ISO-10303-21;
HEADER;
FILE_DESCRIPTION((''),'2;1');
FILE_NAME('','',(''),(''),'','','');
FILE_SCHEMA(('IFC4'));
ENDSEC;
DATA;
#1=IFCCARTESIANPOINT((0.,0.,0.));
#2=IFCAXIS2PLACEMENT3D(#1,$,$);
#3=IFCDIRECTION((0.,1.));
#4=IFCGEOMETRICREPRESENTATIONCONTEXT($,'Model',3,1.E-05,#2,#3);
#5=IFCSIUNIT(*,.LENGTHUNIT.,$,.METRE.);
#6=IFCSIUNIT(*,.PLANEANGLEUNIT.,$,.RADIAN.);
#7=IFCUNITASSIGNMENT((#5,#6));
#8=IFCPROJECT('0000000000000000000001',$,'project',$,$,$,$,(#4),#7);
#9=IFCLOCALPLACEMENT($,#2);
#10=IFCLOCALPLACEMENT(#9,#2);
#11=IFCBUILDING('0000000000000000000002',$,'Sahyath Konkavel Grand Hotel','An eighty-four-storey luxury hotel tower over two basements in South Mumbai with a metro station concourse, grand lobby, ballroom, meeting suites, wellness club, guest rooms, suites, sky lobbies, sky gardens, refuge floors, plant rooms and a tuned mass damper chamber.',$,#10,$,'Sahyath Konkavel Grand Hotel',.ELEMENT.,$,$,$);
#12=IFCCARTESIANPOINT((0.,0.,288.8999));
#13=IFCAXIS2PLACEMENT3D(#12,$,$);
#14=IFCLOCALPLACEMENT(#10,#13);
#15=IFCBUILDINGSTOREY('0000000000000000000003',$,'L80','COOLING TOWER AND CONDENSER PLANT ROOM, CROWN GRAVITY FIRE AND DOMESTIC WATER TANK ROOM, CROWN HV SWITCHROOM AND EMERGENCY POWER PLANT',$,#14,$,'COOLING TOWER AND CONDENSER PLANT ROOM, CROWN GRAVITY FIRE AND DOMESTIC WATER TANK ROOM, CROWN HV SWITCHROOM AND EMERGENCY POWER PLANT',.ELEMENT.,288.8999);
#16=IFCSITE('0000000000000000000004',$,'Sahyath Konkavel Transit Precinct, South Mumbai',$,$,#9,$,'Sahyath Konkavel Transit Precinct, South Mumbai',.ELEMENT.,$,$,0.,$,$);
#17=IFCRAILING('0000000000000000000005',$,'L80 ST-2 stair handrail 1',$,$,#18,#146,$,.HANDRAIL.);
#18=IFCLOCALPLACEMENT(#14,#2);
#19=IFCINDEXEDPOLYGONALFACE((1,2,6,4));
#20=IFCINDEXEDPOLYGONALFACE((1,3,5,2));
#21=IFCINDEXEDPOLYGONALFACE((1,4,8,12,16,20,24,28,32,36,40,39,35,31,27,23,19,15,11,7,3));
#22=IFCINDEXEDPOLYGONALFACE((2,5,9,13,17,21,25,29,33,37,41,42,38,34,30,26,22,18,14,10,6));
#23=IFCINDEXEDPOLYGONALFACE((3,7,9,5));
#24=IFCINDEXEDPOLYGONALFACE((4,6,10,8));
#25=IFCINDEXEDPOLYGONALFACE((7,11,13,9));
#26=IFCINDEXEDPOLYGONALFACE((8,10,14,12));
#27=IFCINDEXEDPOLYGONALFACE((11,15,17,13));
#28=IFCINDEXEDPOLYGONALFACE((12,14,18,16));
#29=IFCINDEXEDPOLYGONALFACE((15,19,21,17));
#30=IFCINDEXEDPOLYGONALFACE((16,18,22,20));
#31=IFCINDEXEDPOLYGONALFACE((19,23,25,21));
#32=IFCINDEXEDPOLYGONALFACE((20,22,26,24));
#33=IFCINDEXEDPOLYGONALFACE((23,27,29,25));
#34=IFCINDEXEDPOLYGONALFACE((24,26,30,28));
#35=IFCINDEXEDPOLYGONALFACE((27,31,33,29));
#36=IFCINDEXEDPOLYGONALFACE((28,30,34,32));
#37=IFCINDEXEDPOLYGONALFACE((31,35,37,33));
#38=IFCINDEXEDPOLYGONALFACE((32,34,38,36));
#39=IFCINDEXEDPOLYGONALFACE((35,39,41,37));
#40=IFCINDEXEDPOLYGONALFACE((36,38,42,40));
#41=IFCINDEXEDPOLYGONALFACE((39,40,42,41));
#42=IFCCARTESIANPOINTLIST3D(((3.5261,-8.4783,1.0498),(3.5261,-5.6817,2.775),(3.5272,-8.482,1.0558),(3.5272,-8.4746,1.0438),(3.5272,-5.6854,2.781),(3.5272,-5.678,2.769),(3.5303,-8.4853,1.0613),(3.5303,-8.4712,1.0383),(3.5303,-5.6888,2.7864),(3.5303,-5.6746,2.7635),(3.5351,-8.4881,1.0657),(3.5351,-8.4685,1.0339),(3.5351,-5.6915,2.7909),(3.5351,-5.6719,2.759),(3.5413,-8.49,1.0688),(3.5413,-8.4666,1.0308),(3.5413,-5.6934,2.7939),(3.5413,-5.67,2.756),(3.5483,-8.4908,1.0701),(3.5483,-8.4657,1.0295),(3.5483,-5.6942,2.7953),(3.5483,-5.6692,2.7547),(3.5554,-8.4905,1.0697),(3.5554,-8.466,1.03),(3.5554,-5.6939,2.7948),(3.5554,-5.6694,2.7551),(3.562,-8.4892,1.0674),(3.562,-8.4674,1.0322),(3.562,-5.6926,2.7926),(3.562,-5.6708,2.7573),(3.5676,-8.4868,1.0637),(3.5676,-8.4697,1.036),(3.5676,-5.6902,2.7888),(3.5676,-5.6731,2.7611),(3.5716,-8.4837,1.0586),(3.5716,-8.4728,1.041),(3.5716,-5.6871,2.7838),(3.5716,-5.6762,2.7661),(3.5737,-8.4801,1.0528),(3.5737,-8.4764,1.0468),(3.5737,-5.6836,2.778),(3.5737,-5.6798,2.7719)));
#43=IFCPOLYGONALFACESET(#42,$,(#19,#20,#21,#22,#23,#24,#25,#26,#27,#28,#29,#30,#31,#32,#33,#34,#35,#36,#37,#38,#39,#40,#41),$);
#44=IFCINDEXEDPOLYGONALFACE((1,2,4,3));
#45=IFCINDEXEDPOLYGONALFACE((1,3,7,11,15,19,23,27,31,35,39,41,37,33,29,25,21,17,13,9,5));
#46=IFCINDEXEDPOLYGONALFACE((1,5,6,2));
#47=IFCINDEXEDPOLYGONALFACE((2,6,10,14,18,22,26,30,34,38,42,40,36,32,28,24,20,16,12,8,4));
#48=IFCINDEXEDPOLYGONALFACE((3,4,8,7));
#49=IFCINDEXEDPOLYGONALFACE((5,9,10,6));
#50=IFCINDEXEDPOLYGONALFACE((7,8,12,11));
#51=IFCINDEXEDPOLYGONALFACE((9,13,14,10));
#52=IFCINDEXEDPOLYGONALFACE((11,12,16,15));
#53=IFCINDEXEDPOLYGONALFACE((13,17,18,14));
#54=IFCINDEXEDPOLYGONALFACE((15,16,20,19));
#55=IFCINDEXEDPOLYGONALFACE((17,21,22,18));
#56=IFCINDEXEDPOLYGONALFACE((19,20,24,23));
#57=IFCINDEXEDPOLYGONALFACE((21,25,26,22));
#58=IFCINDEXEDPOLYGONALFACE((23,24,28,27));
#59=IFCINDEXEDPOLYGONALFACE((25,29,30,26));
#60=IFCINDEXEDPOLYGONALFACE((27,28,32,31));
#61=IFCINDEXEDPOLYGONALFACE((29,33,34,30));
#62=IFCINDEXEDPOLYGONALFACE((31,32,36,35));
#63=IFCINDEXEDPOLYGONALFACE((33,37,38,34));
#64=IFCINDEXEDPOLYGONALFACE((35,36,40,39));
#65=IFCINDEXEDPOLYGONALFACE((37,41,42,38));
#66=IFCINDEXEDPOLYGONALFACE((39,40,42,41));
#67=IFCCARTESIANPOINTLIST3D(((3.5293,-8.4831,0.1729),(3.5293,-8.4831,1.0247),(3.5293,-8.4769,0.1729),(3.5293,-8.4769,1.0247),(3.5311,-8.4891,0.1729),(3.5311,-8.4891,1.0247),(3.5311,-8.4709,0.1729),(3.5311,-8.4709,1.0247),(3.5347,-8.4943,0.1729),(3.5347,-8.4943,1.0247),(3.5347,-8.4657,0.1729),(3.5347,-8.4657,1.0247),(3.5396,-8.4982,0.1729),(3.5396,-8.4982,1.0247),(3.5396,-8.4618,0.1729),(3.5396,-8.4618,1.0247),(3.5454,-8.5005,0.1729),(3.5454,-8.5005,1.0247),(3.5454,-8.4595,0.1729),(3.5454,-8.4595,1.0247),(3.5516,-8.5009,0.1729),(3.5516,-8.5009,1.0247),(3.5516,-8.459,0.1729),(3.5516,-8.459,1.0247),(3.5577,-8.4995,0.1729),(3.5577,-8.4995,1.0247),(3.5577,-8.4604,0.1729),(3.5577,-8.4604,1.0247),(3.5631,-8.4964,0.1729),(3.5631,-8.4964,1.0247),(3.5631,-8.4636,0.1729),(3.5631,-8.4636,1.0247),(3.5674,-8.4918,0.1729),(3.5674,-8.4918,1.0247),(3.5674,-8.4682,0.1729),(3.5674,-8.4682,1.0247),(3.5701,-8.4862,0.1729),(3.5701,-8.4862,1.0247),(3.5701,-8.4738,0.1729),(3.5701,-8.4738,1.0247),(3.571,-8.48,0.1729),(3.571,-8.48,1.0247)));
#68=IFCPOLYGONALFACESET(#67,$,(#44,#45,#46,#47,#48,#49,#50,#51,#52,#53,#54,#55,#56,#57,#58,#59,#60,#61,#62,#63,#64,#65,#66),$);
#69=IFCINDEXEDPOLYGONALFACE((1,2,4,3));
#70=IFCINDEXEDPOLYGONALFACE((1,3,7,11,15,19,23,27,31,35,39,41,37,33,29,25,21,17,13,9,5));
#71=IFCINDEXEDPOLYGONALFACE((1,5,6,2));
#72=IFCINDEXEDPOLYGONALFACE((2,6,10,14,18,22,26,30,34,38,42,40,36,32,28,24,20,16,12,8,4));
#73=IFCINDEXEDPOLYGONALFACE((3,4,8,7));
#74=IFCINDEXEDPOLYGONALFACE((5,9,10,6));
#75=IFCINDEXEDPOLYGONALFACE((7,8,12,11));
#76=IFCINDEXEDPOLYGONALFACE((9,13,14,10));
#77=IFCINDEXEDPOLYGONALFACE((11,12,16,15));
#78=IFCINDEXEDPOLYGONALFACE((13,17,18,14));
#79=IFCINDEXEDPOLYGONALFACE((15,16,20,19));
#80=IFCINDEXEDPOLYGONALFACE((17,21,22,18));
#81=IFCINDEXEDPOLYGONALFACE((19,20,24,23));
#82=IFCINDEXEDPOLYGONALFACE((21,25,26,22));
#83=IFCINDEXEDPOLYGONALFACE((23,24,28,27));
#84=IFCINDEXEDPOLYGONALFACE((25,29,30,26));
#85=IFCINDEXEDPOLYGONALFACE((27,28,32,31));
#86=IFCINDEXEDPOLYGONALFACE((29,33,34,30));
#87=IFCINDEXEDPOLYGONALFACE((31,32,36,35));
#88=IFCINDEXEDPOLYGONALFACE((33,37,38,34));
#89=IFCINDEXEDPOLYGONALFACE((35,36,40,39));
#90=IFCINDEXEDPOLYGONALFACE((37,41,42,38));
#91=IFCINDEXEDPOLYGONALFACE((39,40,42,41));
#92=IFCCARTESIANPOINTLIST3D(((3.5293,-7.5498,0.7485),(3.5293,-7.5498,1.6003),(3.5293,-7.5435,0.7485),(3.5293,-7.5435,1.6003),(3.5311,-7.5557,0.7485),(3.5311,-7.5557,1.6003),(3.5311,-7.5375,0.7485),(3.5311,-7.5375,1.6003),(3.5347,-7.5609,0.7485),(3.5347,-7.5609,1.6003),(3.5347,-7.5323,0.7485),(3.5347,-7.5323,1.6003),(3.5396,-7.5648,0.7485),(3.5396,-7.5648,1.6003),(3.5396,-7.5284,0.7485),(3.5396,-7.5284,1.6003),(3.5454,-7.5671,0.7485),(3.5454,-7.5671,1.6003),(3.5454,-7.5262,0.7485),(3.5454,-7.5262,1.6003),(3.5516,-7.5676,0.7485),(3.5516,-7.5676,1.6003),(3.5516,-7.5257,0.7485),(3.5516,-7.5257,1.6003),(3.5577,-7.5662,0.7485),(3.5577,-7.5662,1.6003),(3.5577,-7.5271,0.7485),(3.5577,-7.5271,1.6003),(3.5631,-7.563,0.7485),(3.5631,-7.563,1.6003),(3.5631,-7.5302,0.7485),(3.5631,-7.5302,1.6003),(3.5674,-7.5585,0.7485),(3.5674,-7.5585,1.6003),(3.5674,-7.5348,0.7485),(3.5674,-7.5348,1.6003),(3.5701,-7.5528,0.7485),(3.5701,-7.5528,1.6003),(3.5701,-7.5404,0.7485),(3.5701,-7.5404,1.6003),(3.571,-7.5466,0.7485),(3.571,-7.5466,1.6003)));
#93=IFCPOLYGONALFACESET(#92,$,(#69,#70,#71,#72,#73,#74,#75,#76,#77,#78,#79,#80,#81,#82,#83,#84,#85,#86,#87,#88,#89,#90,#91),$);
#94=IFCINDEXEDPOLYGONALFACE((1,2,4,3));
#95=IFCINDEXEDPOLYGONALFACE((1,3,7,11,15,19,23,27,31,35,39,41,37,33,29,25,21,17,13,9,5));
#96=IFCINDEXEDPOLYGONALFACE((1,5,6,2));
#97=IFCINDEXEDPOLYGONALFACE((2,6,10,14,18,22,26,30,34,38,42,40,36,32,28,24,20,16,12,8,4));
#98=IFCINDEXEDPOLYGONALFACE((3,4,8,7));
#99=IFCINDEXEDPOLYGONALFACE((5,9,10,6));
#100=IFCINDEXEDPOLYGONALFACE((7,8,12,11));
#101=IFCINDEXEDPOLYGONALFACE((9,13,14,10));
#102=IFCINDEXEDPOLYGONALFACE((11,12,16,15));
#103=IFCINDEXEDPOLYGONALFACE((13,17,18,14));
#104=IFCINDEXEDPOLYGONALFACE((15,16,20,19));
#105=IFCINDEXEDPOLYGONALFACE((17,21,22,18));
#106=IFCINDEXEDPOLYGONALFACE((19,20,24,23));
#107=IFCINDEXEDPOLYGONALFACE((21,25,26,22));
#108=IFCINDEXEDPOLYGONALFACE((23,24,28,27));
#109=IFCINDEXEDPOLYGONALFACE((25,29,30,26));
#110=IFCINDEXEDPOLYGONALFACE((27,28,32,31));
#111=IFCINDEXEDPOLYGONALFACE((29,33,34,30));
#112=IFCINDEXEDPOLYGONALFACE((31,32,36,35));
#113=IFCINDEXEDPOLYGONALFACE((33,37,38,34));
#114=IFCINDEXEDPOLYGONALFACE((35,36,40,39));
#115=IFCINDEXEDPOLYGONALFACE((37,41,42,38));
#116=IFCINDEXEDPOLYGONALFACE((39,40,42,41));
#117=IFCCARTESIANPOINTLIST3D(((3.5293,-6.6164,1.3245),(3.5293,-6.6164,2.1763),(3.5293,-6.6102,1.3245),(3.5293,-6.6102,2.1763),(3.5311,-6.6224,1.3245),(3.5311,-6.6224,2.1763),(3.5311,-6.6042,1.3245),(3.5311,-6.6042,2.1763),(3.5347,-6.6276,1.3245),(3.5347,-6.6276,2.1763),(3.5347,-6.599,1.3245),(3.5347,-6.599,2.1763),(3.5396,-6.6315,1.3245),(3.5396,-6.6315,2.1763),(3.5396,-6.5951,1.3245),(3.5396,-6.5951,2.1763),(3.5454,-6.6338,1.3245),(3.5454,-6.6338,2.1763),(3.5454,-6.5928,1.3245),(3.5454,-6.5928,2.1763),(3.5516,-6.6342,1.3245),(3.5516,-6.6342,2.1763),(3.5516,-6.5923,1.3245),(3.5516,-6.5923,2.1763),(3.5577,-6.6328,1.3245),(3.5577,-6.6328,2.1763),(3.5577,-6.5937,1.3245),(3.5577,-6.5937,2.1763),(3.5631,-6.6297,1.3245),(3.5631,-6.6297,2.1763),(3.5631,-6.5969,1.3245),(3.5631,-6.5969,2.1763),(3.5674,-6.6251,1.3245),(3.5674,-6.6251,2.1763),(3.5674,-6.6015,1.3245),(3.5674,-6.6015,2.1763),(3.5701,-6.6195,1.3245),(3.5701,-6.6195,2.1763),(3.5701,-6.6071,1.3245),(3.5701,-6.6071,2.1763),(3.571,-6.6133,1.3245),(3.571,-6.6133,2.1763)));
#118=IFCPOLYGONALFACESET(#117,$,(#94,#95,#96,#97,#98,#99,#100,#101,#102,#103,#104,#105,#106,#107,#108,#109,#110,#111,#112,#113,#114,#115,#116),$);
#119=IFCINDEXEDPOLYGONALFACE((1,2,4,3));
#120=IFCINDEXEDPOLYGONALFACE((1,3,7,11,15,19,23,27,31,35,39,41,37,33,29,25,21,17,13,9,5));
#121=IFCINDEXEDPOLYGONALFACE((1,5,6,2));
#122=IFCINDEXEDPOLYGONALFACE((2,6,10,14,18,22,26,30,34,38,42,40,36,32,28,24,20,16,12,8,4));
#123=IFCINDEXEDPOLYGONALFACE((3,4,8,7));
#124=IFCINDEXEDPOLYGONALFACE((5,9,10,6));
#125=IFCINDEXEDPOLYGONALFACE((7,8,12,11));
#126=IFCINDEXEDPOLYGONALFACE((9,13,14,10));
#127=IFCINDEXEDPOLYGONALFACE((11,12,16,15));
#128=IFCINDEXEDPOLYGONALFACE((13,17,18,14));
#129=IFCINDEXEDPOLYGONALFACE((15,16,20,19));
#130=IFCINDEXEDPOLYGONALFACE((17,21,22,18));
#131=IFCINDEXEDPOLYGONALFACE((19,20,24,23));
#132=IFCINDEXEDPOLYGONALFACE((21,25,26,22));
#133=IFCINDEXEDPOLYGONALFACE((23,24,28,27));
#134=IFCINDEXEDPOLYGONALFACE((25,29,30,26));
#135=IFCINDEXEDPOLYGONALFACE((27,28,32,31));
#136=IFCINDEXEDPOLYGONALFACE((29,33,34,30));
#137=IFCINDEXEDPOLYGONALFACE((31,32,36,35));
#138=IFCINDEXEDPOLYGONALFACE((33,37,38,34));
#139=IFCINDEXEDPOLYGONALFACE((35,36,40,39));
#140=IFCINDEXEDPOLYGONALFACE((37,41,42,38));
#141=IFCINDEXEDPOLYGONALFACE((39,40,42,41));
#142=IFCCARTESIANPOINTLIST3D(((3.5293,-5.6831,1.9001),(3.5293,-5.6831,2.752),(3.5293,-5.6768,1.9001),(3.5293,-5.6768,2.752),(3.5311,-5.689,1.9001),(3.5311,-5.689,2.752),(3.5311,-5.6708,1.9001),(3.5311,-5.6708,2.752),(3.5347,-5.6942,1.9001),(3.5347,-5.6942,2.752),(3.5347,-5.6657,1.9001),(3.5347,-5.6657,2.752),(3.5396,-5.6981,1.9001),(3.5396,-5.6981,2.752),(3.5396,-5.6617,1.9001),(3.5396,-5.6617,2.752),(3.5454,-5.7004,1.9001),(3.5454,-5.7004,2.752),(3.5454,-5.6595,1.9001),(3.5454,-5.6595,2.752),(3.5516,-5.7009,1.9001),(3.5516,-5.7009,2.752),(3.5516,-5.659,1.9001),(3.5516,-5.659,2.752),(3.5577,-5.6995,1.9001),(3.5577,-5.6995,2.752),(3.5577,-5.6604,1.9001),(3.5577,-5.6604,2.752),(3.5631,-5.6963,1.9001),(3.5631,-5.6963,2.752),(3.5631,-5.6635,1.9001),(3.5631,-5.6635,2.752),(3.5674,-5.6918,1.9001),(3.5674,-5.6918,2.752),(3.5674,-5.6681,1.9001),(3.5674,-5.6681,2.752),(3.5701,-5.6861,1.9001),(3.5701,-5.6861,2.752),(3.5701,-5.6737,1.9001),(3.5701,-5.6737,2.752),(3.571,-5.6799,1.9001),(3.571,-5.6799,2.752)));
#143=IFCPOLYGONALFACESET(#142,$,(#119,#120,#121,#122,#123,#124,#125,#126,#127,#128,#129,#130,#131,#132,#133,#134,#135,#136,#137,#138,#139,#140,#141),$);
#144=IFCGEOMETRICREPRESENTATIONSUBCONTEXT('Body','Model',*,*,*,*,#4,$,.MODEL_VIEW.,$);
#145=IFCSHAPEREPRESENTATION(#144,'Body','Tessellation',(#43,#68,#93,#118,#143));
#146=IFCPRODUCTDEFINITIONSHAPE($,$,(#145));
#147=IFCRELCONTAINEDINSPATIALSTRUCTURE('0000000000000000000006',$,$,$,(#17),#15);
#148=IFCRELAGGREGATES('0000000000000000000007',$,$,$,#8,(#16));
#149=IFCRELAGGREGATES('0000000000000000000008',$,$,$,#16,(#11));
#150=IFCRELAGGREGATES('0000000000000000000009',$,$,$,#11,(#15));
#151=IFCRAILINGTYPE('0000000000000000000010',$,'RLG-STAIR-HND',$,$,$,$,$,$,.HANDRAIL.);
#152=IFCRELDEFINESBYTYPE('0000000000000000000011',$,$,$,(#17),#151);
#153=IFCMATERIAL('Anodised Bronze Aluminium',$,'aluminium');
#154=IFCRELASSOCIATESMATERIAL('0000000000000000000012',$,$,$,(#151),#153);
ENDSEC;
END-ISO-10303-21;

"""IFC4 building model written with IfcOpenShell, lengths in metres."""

from ifc_helpers import new_model, si_unit, direction, frame, origin, origin_2d, place, context, subcontext, project, spatial, circle, extrude, material, type_object, element, save


model = new_model("IFC4")

# Units and contexts
model_context = context("Model", 3, precision=1e-05, world=origin(), true_north=direction((0.0, 1.0)))
body_context = subcontext(model_context, "Body", "Model", "MODEL_VIEW")
ifc_project = project(units=[si_unit("LENGTHUNIT", "METRE"), si_unit("PLANEANGLEUNIT", "RADIAN")], contexts=[model_context])

# Site, building, storey
site_placement = place(None, origin())
site = spatial("IfcSite", under=ifc_project, at=site_placement, Name="Sahyath Konkavel Transit Precinct, South Mumbai", LongName="Sahyath Konkavel Transit Precinct, South Mumbai", CompositionType="ELEMENT", RefElevation=0.0)
building_placement = place(site_placement, origin())
building = spatial("IfcBuilding", under=site, at=building_placement, Name="Sahyath Konkavel Grand Hotel", Description="An eighty-four-storey luxury hotel tower over two basements in South Mumbai with a metro station concourse, grand lobby, ballroom, meeting suites, wellness club, guest rooms, suites, sky lobbies, sky gardens, refuge floors, plant rooms and a tuned mass damper chamber.", LongName="Sahyath Konkavel Grand Hotel", CompositionType="ELEMENT")
storey_placement = place(building_placement, frame((0.0, 0.0, 288.8999)))
storey = spatial("IfcBuildingStorey", under=building, at=storey_placement, Name="L80", Description="COOLING TOWER AND CONDENSER PLANT ROOM, CROWN GRAVITY FIRE AND DOMESTIC WATER TANK ROOM, CROWN HV SWITCHROOM AND EMERGENCY POWER PLANT", LongName="COOLING TOWER AND CONDENSER PLANT ROOM, CROWN GRAVITY FIRE AND DOMESTIC WATER TANK ROOM, CROWN HV SWITCHROOM AND EMERGENCY POWER PLANT", CompositionType="ELEMENT", Elevation=288.8999)

# Railing
ifc_material_1 = material(Name="Anodised Bronze Aluminium", Category="aluminium")
railing_type_1 = type_object("IfcRailingType", Name="RLG-STAIR-HND", PredefinedType="HANDRAIL", material=ifc_material_1)
railing_1_placement = place(storey_placement, frame((3.55, -8.48, 0.1729)))
element("IfcRailing", 1, at=railing_1_placement, inside=storey, type_object=railing_type_1, Name="L80 ST-2 stair handrail 1", PredefinedType="HANDRAIL", context=body_context, shape_type="SweptSolid", body=[
    extrude(circle(Radius=0.0239, at=origin_2d()), frame((0.0, 0.0017, 0.877), z_axis=(0.0, 0.85109, 0.52502), x_axis=(-1.0, 0.0, 0.0)), (0.0, 0.0, 1.0), 3.2859),
    extrude(circle(Radius=0.021, at=origin_2d()), origin(), (0.0, 0.0, 1.0), 0.8518),
    extrude(circle(Radius=0.021, at=origin_2d()), frame((0.0, 0.9333, 0.5757)), (0.0, 0.0, 1.0), 0.8518),
    extrude(circle(Radius=0.021, at=origin_2d()), frame((0.0, 1.8667, 1.1516)), (0.0, 0.0, 1.0), 0.8518),
    extrude(circle(Radius=0.021, at=origin_2d()), frame((0.0, 2.8, 1.7273)), (0.0, 0.0, 1.0), 0.8518),
])

save(model, "model.ifc")
